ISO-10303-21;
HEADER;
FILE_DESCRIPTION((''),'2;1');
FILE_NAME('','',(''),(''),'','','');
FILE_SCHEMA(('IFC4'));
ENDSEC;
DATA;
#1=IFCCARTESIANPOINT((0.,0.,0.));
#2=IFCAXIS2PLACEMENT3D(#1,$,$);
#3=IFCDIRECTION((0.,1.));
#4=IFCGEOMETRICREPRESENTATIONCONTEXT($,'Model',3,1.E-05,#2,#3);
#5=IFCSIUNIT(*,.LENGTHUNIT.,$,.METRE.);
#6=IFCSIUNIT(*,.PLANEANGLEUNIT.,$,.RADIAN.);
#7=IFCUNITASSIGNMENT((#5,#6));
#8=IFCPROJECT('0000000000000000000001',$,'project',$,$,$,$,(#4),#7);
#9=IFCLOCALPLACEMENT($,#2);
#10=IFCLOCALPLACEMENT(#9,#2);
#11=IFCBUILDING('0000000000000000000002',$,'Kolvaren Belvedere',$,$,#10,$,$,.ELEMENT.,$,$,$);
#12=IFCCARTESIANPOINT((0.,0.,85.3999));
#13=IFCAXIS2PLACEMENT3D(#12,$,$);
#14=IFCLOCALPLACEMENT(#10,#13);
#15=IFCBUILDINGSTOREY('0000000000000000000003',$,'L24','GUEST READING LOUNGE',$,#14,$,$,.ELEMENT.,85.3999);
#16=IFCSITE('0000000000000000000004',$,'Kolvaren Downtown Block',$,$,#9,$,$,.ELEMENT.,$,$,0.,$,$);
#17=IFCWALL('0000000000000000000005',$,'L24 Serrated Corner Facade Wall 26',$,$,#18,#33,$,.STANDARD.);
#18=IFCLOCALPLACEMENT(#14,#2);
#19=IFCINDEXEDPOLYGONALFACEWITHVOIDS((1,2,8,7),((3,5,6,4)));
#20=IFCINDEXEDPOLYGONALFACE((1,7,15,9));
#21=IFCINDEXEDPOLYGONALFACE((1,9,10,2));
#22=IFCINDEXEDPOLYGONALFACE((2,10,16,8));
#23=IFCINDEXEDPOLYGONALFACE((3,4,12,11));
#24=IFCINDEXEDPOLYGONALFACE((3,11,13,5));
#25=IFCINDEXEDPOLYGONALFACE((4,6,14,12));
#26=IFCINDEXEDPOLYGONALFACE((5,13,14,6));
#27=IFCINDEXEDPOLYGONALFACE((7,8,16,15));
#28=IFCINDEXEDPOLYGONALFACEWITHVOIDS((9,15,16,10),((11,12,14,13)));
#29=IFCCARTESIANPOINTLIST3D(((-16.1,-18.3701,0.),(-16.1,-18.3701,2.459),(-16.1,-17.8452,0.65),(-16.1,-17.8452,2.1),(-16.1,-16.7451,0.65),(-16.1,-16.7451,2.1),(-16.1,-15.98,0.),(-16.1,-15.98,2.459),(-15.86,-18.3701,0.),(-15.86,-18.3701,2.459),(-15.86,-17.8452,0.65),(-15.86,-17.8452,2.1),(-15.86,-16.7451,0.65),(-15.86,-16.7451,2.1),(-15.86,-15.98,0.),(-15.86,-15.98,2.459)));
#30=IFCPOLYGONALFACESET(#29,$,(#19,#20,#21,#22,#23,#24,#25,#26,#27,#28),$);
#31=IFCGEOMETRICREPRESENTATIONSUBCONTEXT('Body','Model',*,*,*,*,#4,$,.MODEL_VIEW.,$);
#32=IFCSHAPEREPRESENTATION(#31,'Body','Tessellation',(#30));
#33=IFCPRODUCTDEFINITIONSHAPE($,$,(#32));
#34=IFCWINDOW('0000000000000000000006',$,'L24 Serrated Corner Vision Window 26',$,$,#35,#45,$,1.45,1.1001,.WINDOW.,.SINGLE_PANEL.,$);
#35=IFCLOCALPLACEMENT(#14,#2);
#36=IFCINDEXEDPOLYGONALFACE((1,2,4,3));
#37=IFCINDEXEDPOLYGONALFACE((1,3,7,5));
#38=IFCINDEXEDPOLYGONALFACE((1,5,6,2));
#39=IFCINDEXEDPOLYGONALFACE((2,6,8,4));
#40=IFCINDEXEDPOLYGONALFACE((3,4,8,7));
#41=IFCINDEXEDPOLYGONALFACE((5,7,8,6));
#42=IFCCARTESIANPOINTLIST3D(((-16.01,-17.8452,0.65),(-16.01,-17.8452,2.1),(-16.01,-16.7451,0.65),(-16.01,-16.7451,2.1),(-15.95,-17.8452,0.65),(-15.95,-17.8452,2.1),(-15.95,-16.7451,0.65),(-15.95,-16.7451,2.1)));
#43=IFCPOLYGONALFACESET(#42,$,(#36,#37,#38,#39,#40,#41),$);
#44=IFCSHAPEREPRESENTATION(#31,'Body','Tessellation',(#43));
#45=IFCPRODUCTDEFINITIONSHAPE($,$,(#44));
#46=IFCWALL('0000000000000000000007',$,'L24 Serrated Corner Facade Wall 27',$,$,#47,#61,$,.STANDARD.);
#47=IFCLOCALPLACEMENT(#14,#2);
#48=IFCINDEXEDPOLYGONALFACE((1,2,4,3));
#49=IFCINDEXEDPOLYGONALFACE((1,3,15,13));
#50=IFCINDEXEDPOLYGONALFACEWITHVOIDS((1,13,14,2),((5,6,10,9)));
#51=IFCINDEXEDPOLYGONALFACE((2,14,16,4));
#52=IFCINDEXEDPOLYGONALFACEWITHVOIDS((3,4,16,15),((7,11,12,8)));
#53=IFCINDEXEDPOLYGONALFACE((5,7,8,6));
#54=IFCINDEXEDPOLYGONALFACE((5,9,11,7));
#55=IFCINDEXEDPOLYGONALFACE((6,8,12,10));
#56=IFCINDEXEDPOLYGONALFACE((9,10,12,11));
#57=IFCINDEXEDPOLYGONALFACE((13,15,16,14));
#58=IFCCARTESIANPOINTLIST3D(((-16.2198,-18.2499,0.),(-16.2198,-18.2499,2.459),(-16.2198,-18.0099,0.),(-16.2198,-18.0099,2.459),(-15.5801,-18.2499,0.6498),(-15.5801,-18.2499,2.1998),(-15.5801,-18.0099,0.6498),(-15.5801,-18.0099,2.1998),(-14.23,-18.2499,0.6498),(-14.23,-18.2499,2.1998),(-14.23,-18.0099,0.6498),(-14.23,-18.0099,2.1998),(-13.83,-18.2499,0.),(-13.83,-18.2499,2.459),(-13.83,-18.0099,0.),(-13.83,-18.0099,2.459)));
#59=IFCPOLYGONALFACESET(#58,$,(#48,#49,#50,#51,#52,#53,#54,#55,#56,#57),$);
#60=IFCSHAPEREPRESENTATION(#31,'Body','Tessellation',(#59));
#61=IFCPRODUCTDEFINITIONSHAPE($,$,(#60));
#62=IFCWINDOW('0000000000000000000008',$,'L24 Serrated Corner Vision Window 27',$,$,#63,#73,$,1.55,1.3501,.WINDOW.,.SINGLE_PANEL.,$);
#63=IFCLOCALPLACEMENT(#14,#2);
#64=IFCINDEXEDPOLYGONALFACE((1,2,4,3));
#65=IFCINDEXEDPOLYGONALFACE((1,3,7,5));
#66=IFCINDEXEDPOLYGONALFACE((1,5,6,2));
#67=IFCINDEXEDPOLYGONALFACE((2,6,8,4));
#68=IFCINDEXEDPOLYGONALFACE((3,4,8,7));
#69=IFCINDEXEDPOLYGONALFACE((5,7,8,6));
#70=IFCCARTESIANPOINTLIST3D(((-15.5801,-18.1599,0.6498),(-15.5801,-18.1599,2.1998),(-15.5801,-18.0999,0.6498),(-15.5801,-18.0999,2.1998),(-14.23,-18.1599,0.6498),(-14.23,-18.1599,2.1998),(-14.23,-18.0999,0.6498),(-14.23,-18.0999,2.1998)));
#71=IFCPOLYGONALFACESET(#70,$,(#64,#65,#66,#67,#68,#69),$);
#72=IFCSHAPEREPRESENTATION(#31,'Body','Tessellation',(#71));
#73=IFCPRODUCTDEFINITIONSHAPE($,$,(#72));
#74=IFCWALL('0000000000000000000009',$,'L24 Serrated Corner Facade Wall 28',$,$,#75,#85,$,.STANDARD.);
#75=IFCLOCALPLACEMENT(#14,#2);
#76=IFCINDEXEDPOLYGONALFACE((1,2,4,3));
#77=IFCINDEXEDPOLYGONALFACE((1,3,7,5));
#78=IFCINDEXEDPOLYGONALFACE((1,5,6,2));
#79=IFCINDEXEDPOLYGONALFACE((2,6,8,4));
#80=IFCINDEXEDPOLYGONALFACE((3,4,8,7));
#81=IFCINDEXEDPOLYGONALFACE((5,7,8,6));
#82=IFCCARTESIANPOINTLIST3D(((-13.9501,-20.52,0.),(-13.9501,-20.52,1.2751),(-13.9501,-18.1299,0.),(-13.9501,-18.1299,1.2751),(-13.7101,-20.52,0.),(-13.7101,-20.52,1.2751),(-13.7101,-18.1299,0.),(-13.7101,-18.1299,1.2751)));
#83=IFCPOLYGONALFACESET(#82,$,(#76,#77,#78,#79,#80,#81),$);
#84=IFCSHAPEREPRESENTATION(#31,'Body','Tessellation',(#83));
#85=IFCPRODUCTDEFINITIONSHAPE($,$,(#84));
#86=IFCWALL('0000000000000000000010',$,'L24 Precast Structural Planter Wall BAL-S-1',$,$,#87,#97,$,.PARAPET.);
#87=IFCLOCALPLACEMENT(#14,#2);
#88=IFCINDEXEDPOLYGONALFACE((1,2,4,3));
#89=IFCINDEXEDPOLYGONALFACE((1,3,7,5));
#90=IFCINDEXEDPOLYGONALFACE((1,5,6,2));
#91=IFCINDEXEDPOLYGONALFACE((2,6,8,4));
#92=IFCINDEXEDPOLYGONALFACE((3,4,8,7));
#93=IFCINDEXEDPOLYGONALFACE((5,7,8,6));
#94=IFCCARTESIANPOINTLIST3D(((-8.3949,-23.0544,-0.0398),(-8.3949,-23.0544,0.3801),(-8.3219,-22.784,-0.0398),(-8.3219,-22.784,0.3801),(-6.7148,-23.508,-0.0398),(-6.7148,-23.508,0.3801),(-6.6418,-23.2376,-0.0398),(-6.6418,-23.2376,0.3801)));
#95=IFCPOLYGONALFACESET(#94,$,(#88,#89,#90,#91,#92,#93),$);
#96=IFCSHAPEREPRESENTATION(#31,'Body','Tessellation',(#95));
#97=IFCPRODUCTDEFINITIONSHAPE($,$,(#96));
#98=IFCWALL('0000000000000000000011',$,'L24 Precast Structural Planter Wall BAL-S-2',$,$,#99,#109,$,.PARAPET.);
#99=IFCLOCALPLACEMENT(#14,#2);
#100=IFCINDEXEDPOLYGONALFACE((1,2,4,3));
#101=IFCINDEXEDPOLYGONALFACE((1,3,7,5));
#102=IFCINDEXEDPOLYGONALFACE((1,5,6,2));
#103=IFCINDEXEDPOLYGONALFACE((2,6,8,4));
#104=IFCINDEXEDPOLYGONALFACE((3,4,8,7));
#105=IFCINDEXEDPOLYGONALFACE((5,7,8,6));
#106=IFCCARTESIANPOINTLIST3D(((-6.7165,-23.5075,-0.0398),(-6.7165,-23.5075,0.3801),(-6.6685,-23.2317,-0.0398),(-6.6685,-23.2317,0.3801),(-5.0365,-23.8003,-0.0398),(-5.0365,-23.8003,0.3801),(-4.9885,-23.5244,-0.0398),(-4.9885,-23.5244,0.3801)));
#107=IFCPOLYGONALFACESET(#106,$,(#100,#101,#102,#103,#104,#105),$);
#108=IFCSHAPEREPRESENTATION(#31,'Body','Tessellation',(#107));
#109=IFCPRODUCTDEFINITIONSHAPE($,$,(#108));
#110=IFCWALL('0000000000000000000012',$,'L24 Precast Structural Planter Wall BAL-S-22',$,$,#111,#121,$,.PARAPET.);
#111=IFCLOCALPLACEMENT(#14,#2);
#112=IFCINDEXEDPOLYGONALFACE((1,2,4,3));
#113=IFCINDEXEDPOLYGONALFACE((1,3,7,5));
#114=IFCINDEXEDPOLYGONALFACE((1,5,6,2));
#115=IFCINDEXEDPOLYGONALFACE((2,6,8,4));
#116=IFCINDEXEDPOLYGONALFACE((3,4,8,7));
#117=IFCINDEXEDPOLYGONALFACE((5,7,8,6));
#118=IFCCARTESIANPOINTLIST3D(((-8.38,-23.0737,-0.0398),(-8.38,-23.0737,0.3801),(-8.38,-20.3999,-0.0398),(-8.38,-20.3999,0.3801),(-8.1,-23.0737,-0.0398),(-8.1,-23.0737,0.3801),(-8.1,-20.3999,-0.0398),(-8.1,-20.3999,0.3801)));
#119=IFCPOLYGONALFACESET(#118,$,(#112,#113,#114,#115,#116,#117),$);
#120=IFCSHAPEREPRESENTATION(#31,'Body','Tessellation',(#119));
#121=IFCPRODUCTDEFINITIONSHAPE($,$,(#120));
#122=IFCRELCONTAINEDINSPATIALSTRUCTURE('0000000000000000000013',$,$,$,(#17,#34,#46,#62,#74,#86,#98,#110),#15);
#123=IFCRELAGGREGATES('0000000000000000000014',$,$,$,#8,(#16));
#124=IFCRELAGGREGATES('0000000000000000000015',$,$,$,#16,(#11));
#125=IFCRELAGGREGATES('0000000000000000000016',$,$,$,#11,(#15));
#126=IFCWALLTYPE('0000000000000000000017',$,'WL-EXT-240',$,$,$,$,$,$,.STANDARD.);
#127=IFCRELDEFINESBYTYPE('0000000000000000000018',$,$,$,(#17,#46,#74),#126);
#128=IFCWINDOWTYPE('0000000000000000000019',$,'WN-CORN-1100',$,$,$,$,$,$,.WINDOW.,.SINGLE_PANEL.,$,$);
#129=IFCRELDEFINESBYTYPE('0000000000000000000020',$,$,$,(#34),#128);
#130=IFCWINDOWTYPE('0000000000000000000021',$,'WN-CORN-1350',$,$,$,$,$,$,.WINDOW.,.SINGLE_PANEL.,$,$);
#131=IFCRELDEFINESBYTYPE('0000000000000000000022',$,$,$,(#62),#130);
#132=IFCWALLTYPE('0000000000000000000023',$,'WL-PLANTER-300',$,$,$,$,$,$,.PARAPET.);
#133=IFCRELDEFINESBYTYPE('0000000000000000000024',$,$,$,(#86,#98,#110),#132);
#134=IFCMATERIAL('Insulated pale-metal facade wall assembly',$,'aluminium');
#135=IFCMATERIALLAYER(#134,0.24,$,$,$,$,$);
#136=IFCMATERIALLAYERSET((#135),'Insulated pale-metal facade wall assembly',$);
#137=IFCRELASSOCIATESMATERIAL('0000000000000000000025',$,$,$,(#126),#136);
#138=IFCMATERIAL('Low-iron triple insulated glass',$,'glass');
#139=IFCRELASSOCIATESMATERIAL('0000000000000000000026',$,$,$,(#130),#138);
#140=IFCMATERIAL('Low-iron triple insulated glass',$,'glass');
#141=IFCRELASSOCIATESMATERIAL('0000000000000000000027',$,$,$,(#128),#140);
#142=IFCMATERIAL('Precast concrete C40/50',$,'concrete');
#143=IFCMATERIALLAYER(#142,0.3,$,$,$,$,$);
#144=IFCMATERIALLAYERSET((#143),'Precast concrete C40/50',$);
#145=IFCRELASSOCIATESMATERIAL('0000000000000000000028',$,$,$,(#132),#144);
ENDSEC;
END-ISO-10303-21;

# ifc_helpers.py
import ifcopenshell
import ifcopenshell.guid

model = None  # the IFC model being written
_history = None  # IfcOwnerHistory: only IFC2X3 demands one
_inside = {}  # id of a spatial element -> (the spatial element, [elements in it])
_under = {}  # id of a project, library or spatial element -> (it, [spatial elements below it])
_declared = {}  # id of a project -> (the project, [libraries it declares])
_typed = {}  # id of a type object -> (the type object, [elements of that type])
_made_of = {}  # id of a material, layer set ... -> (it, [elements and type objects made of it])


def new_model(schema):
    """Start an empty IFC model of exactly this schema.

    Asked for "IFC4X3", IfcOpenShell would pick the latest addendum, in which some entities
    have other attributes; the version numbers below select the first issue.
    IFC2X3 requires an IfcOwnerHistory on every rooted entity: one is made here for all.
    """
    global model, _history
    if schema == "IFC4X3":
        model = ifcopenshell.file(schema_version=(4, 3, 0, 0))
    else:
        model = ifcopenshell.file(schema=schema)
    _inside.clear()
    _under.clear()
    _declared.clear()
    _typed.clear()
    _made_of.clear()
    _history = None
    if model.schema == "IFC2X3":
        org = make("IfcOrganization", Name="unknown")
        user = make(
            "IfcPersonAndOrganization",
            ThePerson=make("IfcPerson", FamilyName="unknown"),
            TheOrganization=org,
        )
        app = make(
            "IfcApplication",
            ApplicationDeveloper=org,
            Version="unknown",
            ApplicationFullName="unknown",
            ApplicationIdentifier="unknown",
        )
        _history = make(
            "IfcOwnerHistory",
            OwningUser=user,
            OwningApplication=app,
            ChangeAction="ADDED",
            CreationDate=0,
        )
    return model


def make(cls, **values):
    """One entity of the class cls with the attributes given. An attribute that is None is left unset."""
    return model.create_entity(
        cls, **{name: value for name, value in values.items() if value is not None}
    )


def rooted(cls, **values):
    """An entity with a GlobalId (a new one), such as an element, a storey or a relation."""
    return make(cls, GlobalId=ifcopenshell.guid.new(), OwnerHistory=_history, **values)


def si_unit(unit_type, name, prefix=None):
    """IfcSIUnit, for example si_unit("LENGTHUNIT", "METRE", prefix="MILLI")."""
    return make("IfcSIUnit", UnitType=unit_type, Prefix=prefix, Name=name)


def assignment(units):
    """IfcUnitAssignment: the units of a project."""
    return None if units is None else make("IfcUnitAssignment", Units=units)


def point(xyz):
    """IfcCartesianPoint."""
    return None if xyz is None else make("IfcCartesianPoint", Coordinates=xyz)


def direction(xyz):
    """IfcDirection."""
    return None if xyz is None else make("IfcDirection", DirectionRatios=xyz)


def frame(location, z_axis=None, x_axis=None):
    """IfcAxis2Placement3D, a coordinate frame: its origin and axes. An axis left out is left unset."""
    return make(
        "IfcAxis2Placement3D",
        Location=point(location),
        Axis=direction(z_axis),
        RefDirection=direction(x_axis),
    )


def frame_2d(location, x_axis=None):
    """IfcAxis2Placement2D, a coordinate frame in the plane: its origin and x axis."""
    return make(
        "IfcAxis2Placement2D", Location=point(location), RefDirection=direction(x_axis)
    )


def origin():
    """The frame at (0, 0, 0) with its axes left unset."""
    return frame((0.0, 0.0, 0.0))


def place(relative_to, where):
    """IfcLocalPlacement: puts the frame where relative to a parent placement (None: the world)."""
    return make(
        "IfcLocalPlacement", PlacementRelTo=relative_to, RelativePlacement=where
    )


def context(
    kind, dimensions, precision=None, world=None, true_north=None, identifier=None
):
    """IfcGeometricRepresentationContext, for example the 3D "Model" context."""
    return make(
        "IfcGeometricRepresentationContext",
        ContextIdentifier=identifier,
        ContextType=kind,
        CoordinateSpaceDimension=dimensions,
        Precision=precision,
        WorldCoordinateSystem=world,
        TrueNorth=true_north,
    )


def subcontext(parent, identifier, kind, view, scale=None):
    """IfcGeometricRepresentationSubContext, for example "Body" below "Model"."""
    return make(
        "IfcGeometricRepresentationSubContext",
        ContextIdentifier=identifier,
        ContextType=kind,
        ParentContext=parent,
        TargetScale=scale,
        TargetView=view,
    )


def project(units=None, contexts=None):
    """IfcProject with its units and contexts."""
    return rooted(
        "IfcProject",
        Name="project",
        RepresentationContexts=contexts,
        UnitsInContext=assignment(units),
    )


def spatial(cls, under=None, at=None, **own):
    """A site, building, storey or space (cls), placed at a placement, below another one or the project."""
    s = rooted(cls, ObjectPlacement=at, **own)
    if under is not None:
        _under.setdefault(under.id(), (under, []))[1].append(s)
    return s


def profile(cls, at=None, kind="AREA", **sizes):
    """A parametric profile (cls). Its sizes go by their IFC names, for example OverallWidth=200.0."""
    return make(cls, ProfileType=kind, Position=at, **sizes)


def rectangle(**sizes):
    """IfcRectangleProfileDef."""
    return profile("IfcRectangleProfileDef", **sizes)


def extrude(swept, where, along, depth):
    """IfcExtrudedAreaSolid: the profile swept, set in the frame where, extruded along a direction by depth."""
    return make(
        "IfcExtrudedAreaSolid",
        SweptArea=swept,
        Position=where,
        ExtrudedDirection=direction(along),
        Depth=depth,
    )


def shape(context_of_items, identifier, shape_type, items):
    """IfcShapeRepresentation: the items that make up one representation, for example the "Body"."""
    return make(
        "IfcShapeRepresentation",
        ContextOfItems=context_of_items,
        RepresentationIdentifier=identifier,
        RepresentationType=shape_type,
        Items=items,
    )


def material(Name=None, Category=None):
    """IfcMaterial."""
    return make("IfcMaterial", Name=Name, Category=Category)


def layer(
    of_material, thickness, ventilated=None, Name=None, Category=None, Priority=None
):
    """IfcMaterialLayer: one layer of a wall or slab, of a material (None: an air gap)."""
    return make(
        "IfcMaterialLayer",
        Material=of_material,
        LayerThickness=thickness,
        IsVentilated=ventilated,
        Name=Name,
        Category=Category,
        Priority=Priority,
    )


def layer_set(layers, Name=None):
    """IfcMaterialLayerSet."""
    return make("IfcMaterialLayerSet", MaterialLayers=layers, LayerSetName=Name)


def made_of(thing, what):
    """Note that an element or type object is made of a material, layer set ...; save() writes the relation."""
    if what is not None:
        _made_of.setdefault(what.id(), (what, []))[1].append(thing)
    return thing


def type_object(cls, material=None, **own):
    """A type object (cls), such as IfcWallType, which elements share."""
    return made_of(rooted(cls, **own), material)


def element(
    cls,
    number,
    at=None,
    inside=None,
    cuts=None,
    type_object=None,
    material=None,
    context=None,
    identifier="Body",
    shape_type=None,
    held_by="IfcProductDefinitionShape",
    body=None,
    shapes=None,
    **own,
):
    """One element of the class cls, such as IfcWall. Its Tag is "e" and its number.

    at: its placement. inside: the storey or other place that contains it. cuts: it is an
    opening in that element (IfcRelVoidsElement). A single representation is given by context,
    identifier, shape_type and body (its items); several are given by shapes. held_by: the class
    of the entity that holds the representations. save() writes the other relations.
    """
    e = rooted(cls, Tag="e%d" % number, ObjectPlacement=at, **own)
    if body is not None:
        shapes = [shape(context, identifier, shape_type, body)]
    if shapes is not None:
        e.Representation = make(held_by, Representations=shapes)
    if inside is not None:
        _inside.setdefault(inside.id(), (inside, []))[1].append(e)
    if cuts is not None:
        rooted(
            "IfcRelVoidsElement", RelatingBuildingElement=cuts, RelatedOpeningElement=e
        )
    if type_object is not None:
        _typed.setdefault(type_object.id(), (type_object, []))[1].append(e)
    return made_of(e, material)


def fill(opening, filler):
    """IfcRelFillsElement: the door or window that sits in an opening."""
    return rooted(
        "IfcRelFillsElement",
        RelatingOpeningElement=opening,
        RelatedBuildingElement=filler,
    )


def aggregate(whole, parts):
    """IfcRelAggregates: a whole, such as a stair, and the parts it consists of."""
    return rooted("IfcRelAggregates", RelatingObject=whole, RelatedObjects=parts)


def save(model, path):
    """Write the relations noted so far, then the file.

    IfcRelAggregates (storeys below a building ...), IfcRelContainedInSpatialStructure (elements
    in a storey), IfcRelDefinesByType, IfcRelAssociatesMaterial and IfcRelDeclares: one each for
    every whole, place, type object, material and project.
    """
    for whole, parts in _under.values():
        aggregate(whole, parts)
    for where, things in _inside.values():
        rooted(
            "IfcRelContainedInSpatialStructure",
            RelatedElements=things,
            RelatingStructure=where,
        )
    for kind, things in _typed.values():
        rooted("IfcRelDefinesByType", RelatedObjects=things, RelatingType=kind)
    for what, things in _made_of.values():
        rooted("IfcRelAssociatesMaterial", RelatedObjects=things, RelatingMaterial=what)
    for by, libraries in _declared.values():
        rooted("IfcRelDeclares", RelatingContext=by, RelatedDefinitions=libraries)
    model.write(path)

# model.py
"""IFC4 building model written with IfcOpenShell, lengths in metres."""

from ifc_helpers import new_model, si_unit, direction, frame, frame_2d, origin, place, context, subcontext, project, spatial, rectangle, extrude, material, layer, layer_set, type_object, element, fill, save


model = new_model("IFC4")

# Units and contexts
model_context = context("Model", 3, precision=1e-05, world=origin(), true_north=direction((0.0, 1.0)))
body_context = subcontext(model_context, "Body", "Model", "MODEL_VIEW")
ifc_project = project(units=[si_unit("LENGTHUNIT", "METRE"), si_unit("PLANEANGLEUNIT", "RADIAN")], contexts=[model_context])

# Site, building, storey
site_placement = place(None, origin())
site = spatial("IfcSite", under=ifc_project, at=site_placement, Name="Kolvaren Downtown Block", CompositionType="ELEMENT", RefElevation=0.0)
building_placement = place(site_placement, origin())
building = spatial("IfcBuilding", under=site, at=building_placement, Name="Kolvaren Belvedere", CompositionType="ELEMENT")
storey_placement = place(building_placement, frame((0.0, 0.0, 85.3999)))
storey = spatial("IfcBuildingStorey", under=building, at=storey_placement, Name="L24", Description="GUEST READING LOUNGE", CompositionType="ELEMENT", Elevation=85.3999)

# Shared definitions
ifc_material_1 = material(Name="Insulated pale-metal facade wall assembly", Category="aluminium")
ifc_layer_1 = layer(ifc_material_1, 0.24)
ifc_layer_set_1 = layer_set([ifc_layer_1], Name="Insulated pale-metal facade wall assembly")
wall_type_1 = type_object("IfcWallType", Name="WL-EXT-240", PredefinedType="STANDARD", material=ifc_layer_set_1)

# Walls, openings, windows
ifc_material_2 = material(Name="Low-iron triple insulated glass", Category="glass")
window_type_1 = type_object("IfcWindowType", Name="WN-CORN-1350", PartitioningType="SINGLE_PANEL", PredefinedType="WINDOW", material=ifc_material_2)
ifc_material_3 = material(Name="Low-iron triple insulated glass", Category="glass")
window_type_2 = type_object("IfcWindowType", Name="WN-CORN-1100", PartitioningType="SINGLE_PANEL", PredefinedType="WINDOW", material=ifc_material_3)
wall_1_placement = place(storey_placement, frame((-15.98, -18.3701, 0.0), z_axis=(0.0, 0.0, 1.0), x_axis=(0.0, 1.0, 0.0)))
wall_1 = element("IfcWall", 1, at=wall_1_placement, inside=storey, type_object=wall_type_1, Name="L24 Serrated Corner Facade Wall 26", PredefinedType="STANDARD", context=body_context, shape_type="SweptSolid", body=[
    extrude(rectangle(XDim=2.3901, YDim=0.24, at=frame_2d((1.1951, 0.0))), origin(), (0.0, 0.0, 1.0), 2.459),
])
opening_1_placement = place(wall_1_placement, frame((0.5249, 0.0, 0.6499)))
opening_1 = element("IfcOpeningElement", 2, at=opening_1_placement, cuts=wall_1, PredefinedType="OPENING", context=body_context, shape_type="SweptSolid", body=[
    extrude(rectangle(XDim=1.1001, YDim=1.45, at=frame_2d((0.55, 0.7251))), frame((0.0, 0.1299, 0.0), z_axis=(0.0, -1.0, 0.0), x_axis=(1.0, 0.0, 0.0)), (0.0, 0.0, 1.0), 0.26),
])
window_1_placement = place(opening_1_placement, origin())
window_1 = element("IfcWindow", 3, at=window_1_placement, inside=storey, type_object=window_type_2, Name="L24 Serrated Corner Vision Window 26", OverallHeight=1.45, OverallWidth=1.1001, PartitioningType="SINGLE_PANEL", PredefinedType="WINDOW", context=body_context, shape_type="SweptSolid", body=[
    extrude(rectangle(XDim=1.1001, YDim=1.45, at=frame_2d((0.55, 0.7251))), frame((0.0, 0.03, 0.0), z_axis=(0.0, -1.0, 0.0), x_axis=(1.0, 0.0, 0.0)), (0.0, 0.0, 1.0), 0.0601),
])
fill(opening_1, window_1)
wall_2_placement = place(storey_placement, frame((-13.8301, -18.1299, 0.0), z_axis=(0.0, 0.0, 1.0), x_axis=(-1.0, 0.0, 0.0)))
wall_2 = element("IfcWall", 4, at=wall_2_placement, inside=storey, type_object=wall_type_1, Name="L24 Serrated Corner Facade Wall 27", PredefinedType="STANDARD", context=body_context, shape_type="SweptSolid", body=[
    extrude(rectangle(XDim=2.3899, YDim=0.24, at=frame_2d((1.1948, 0.0))), origin(), (0.0, 0.0, 1.0), 2.459),
])
opening_2_placement = place(wall_2_placement, frame((0.3999, 0.0, 0.6499)))
opening_2 = element("IfcOpeningElement", 5, at=opening_2_placement, cuts=wall_2, PredefinedType="OPENING", context=body_context, shape_type="SweptSolid", body=[
    extrude(rectangle(XDim=1.3501, YDim=1.55, at=frame_2d((0.675, 0.7749))), frame((0.0, 0.1299, 0.0), z_axis=(0.0, -1.0, 0.0), x_axis=(1.0, 0.0, 0.0)), (0.0, 0.0, 1.0), 0.26),
])
window_2_placement = place(opening_2_placement, origin())
window_2 = element("IfcWindow", 6, at=window_2_placement, inside=storey, type_object=window_type_1, Name="L24 Serrated Corner Vision Window 27", OverallHeight=1.55, OverallWidth=1.3501, PartitioningType="SINGLE_PANEL", PredefinedType="WINDOW", context=body_context, shape_type="SweptSolid", body=[
    extrude(rectangle(XDim=1.3501, YDim=1.55, at=frame_2d((0.675, 0.7749))), frame((0.0, 0.03, 0.0), z_axis=(0.0, -1.0, 0.0), x_axis=(1.0, 0.0, 0.0)), (0.0, 0.0, 1.0), 0.0601),
])
fill(opening_2, window_2)

# Walls
wall_3_placement = place(storey_placement, frame((-13.8301, -20.52, 0.0), z_axis=(0.0, 0.0, 1.0), x_axis=(0.0, 1.0, 0.0)))
element("IfcWall", 7, at=wall_3_placement, inside=storey, type_object=wall_type_1, Name="L24 Serrated Corner Facade Wall 28", PredefinedType="STANDARD", context=body_context, shape_type="SweptSolid", body=[
    extrude(rectangle(XDim=2.3901, YDim=0.24, at=frame_2d((1.1951, 0.0))), origin(), (0.0, 0.0, 1.0), 1.2751),
])
ifc_material_4 = material(Name="Precast concrete C40/50", Category="concrete")
ifc_layer_2 = layer(ifc_material_4, 0.3)
ifc_layer_set_2 = layer_set([ifc_layer_2], Name="Precast concrete C40/50")
wall_type_2 = type_object("IfcWallType", Name="WL-PLANTER-300", PredefinedType="PARAPET", material=ifc_layer_set_2)
wall_4_placement = place(storey_placement, frame((-8.3584, -22.9192, -0.0398), z_axis=(0.0, 0.0, 1.0), x_axis=(0.965434, -0.260648, 0.0)))
element("IfcWall", 8, at=wall_4_placement, inside=storey, type_object=wall_type_2, Name="L24 Precast Structural Planter Wall BAL-S-1", PredefinedType="PARAPET", context=body_context, shape_type="SweptSolid", body=[
    extrude(rectangle(XDim=1.7402, YDim=0.28, at=frame_2d((0.8701, 0.0))), origin(), (0.0, 0.0, 1.0), 0.4199),
])
wall_5_placement = place(storey_placement, frame((-6.6924, -23.3696, -0.0398), z_axis=(0.0, 0.0, 1.0), x_axis=(0.985156, -0.171661, 0.0)))
element("IfcWall", 9, at=wall_5_placement, inside=storey, type_object=wall_type_2, Name="L24 Precast Structural Planter Wall BAL-S-2", PredefinedType="PARAPET", context=body_context, shape_type="SweptSolid", body=[
    extrude(rectangle(XDim=1.7053, YDim=0.28, at=frame_2d((0.8525, 0.0))), origin(), (0.0, 0.0, 1.0), 0.4199),
])
wall_6_placement = place(storey_placement, frame((-8.24, -20.3999, -0.0398), z_axis=(0.0, 0.0, 1.0), x_axis=(0.0, -1.0, 0.0)))
element("IfcWall", 10, at=wall_6_placement, inside=storey, type_object=wall_type_2, Name="L24 Precast Structural Planter Wall BAL-S-22", PredefinedType="PARAPET", context=body_context, shape_type="SweptSolid", body=[
    extrude(rectangle(XDim=2.6738, YDim=0.28, at=frame_2d((1.3369, 0.0))), origin(), (0.0, 0.0, 1.0), 0.4199),
])

save(model, "model.ifc")
